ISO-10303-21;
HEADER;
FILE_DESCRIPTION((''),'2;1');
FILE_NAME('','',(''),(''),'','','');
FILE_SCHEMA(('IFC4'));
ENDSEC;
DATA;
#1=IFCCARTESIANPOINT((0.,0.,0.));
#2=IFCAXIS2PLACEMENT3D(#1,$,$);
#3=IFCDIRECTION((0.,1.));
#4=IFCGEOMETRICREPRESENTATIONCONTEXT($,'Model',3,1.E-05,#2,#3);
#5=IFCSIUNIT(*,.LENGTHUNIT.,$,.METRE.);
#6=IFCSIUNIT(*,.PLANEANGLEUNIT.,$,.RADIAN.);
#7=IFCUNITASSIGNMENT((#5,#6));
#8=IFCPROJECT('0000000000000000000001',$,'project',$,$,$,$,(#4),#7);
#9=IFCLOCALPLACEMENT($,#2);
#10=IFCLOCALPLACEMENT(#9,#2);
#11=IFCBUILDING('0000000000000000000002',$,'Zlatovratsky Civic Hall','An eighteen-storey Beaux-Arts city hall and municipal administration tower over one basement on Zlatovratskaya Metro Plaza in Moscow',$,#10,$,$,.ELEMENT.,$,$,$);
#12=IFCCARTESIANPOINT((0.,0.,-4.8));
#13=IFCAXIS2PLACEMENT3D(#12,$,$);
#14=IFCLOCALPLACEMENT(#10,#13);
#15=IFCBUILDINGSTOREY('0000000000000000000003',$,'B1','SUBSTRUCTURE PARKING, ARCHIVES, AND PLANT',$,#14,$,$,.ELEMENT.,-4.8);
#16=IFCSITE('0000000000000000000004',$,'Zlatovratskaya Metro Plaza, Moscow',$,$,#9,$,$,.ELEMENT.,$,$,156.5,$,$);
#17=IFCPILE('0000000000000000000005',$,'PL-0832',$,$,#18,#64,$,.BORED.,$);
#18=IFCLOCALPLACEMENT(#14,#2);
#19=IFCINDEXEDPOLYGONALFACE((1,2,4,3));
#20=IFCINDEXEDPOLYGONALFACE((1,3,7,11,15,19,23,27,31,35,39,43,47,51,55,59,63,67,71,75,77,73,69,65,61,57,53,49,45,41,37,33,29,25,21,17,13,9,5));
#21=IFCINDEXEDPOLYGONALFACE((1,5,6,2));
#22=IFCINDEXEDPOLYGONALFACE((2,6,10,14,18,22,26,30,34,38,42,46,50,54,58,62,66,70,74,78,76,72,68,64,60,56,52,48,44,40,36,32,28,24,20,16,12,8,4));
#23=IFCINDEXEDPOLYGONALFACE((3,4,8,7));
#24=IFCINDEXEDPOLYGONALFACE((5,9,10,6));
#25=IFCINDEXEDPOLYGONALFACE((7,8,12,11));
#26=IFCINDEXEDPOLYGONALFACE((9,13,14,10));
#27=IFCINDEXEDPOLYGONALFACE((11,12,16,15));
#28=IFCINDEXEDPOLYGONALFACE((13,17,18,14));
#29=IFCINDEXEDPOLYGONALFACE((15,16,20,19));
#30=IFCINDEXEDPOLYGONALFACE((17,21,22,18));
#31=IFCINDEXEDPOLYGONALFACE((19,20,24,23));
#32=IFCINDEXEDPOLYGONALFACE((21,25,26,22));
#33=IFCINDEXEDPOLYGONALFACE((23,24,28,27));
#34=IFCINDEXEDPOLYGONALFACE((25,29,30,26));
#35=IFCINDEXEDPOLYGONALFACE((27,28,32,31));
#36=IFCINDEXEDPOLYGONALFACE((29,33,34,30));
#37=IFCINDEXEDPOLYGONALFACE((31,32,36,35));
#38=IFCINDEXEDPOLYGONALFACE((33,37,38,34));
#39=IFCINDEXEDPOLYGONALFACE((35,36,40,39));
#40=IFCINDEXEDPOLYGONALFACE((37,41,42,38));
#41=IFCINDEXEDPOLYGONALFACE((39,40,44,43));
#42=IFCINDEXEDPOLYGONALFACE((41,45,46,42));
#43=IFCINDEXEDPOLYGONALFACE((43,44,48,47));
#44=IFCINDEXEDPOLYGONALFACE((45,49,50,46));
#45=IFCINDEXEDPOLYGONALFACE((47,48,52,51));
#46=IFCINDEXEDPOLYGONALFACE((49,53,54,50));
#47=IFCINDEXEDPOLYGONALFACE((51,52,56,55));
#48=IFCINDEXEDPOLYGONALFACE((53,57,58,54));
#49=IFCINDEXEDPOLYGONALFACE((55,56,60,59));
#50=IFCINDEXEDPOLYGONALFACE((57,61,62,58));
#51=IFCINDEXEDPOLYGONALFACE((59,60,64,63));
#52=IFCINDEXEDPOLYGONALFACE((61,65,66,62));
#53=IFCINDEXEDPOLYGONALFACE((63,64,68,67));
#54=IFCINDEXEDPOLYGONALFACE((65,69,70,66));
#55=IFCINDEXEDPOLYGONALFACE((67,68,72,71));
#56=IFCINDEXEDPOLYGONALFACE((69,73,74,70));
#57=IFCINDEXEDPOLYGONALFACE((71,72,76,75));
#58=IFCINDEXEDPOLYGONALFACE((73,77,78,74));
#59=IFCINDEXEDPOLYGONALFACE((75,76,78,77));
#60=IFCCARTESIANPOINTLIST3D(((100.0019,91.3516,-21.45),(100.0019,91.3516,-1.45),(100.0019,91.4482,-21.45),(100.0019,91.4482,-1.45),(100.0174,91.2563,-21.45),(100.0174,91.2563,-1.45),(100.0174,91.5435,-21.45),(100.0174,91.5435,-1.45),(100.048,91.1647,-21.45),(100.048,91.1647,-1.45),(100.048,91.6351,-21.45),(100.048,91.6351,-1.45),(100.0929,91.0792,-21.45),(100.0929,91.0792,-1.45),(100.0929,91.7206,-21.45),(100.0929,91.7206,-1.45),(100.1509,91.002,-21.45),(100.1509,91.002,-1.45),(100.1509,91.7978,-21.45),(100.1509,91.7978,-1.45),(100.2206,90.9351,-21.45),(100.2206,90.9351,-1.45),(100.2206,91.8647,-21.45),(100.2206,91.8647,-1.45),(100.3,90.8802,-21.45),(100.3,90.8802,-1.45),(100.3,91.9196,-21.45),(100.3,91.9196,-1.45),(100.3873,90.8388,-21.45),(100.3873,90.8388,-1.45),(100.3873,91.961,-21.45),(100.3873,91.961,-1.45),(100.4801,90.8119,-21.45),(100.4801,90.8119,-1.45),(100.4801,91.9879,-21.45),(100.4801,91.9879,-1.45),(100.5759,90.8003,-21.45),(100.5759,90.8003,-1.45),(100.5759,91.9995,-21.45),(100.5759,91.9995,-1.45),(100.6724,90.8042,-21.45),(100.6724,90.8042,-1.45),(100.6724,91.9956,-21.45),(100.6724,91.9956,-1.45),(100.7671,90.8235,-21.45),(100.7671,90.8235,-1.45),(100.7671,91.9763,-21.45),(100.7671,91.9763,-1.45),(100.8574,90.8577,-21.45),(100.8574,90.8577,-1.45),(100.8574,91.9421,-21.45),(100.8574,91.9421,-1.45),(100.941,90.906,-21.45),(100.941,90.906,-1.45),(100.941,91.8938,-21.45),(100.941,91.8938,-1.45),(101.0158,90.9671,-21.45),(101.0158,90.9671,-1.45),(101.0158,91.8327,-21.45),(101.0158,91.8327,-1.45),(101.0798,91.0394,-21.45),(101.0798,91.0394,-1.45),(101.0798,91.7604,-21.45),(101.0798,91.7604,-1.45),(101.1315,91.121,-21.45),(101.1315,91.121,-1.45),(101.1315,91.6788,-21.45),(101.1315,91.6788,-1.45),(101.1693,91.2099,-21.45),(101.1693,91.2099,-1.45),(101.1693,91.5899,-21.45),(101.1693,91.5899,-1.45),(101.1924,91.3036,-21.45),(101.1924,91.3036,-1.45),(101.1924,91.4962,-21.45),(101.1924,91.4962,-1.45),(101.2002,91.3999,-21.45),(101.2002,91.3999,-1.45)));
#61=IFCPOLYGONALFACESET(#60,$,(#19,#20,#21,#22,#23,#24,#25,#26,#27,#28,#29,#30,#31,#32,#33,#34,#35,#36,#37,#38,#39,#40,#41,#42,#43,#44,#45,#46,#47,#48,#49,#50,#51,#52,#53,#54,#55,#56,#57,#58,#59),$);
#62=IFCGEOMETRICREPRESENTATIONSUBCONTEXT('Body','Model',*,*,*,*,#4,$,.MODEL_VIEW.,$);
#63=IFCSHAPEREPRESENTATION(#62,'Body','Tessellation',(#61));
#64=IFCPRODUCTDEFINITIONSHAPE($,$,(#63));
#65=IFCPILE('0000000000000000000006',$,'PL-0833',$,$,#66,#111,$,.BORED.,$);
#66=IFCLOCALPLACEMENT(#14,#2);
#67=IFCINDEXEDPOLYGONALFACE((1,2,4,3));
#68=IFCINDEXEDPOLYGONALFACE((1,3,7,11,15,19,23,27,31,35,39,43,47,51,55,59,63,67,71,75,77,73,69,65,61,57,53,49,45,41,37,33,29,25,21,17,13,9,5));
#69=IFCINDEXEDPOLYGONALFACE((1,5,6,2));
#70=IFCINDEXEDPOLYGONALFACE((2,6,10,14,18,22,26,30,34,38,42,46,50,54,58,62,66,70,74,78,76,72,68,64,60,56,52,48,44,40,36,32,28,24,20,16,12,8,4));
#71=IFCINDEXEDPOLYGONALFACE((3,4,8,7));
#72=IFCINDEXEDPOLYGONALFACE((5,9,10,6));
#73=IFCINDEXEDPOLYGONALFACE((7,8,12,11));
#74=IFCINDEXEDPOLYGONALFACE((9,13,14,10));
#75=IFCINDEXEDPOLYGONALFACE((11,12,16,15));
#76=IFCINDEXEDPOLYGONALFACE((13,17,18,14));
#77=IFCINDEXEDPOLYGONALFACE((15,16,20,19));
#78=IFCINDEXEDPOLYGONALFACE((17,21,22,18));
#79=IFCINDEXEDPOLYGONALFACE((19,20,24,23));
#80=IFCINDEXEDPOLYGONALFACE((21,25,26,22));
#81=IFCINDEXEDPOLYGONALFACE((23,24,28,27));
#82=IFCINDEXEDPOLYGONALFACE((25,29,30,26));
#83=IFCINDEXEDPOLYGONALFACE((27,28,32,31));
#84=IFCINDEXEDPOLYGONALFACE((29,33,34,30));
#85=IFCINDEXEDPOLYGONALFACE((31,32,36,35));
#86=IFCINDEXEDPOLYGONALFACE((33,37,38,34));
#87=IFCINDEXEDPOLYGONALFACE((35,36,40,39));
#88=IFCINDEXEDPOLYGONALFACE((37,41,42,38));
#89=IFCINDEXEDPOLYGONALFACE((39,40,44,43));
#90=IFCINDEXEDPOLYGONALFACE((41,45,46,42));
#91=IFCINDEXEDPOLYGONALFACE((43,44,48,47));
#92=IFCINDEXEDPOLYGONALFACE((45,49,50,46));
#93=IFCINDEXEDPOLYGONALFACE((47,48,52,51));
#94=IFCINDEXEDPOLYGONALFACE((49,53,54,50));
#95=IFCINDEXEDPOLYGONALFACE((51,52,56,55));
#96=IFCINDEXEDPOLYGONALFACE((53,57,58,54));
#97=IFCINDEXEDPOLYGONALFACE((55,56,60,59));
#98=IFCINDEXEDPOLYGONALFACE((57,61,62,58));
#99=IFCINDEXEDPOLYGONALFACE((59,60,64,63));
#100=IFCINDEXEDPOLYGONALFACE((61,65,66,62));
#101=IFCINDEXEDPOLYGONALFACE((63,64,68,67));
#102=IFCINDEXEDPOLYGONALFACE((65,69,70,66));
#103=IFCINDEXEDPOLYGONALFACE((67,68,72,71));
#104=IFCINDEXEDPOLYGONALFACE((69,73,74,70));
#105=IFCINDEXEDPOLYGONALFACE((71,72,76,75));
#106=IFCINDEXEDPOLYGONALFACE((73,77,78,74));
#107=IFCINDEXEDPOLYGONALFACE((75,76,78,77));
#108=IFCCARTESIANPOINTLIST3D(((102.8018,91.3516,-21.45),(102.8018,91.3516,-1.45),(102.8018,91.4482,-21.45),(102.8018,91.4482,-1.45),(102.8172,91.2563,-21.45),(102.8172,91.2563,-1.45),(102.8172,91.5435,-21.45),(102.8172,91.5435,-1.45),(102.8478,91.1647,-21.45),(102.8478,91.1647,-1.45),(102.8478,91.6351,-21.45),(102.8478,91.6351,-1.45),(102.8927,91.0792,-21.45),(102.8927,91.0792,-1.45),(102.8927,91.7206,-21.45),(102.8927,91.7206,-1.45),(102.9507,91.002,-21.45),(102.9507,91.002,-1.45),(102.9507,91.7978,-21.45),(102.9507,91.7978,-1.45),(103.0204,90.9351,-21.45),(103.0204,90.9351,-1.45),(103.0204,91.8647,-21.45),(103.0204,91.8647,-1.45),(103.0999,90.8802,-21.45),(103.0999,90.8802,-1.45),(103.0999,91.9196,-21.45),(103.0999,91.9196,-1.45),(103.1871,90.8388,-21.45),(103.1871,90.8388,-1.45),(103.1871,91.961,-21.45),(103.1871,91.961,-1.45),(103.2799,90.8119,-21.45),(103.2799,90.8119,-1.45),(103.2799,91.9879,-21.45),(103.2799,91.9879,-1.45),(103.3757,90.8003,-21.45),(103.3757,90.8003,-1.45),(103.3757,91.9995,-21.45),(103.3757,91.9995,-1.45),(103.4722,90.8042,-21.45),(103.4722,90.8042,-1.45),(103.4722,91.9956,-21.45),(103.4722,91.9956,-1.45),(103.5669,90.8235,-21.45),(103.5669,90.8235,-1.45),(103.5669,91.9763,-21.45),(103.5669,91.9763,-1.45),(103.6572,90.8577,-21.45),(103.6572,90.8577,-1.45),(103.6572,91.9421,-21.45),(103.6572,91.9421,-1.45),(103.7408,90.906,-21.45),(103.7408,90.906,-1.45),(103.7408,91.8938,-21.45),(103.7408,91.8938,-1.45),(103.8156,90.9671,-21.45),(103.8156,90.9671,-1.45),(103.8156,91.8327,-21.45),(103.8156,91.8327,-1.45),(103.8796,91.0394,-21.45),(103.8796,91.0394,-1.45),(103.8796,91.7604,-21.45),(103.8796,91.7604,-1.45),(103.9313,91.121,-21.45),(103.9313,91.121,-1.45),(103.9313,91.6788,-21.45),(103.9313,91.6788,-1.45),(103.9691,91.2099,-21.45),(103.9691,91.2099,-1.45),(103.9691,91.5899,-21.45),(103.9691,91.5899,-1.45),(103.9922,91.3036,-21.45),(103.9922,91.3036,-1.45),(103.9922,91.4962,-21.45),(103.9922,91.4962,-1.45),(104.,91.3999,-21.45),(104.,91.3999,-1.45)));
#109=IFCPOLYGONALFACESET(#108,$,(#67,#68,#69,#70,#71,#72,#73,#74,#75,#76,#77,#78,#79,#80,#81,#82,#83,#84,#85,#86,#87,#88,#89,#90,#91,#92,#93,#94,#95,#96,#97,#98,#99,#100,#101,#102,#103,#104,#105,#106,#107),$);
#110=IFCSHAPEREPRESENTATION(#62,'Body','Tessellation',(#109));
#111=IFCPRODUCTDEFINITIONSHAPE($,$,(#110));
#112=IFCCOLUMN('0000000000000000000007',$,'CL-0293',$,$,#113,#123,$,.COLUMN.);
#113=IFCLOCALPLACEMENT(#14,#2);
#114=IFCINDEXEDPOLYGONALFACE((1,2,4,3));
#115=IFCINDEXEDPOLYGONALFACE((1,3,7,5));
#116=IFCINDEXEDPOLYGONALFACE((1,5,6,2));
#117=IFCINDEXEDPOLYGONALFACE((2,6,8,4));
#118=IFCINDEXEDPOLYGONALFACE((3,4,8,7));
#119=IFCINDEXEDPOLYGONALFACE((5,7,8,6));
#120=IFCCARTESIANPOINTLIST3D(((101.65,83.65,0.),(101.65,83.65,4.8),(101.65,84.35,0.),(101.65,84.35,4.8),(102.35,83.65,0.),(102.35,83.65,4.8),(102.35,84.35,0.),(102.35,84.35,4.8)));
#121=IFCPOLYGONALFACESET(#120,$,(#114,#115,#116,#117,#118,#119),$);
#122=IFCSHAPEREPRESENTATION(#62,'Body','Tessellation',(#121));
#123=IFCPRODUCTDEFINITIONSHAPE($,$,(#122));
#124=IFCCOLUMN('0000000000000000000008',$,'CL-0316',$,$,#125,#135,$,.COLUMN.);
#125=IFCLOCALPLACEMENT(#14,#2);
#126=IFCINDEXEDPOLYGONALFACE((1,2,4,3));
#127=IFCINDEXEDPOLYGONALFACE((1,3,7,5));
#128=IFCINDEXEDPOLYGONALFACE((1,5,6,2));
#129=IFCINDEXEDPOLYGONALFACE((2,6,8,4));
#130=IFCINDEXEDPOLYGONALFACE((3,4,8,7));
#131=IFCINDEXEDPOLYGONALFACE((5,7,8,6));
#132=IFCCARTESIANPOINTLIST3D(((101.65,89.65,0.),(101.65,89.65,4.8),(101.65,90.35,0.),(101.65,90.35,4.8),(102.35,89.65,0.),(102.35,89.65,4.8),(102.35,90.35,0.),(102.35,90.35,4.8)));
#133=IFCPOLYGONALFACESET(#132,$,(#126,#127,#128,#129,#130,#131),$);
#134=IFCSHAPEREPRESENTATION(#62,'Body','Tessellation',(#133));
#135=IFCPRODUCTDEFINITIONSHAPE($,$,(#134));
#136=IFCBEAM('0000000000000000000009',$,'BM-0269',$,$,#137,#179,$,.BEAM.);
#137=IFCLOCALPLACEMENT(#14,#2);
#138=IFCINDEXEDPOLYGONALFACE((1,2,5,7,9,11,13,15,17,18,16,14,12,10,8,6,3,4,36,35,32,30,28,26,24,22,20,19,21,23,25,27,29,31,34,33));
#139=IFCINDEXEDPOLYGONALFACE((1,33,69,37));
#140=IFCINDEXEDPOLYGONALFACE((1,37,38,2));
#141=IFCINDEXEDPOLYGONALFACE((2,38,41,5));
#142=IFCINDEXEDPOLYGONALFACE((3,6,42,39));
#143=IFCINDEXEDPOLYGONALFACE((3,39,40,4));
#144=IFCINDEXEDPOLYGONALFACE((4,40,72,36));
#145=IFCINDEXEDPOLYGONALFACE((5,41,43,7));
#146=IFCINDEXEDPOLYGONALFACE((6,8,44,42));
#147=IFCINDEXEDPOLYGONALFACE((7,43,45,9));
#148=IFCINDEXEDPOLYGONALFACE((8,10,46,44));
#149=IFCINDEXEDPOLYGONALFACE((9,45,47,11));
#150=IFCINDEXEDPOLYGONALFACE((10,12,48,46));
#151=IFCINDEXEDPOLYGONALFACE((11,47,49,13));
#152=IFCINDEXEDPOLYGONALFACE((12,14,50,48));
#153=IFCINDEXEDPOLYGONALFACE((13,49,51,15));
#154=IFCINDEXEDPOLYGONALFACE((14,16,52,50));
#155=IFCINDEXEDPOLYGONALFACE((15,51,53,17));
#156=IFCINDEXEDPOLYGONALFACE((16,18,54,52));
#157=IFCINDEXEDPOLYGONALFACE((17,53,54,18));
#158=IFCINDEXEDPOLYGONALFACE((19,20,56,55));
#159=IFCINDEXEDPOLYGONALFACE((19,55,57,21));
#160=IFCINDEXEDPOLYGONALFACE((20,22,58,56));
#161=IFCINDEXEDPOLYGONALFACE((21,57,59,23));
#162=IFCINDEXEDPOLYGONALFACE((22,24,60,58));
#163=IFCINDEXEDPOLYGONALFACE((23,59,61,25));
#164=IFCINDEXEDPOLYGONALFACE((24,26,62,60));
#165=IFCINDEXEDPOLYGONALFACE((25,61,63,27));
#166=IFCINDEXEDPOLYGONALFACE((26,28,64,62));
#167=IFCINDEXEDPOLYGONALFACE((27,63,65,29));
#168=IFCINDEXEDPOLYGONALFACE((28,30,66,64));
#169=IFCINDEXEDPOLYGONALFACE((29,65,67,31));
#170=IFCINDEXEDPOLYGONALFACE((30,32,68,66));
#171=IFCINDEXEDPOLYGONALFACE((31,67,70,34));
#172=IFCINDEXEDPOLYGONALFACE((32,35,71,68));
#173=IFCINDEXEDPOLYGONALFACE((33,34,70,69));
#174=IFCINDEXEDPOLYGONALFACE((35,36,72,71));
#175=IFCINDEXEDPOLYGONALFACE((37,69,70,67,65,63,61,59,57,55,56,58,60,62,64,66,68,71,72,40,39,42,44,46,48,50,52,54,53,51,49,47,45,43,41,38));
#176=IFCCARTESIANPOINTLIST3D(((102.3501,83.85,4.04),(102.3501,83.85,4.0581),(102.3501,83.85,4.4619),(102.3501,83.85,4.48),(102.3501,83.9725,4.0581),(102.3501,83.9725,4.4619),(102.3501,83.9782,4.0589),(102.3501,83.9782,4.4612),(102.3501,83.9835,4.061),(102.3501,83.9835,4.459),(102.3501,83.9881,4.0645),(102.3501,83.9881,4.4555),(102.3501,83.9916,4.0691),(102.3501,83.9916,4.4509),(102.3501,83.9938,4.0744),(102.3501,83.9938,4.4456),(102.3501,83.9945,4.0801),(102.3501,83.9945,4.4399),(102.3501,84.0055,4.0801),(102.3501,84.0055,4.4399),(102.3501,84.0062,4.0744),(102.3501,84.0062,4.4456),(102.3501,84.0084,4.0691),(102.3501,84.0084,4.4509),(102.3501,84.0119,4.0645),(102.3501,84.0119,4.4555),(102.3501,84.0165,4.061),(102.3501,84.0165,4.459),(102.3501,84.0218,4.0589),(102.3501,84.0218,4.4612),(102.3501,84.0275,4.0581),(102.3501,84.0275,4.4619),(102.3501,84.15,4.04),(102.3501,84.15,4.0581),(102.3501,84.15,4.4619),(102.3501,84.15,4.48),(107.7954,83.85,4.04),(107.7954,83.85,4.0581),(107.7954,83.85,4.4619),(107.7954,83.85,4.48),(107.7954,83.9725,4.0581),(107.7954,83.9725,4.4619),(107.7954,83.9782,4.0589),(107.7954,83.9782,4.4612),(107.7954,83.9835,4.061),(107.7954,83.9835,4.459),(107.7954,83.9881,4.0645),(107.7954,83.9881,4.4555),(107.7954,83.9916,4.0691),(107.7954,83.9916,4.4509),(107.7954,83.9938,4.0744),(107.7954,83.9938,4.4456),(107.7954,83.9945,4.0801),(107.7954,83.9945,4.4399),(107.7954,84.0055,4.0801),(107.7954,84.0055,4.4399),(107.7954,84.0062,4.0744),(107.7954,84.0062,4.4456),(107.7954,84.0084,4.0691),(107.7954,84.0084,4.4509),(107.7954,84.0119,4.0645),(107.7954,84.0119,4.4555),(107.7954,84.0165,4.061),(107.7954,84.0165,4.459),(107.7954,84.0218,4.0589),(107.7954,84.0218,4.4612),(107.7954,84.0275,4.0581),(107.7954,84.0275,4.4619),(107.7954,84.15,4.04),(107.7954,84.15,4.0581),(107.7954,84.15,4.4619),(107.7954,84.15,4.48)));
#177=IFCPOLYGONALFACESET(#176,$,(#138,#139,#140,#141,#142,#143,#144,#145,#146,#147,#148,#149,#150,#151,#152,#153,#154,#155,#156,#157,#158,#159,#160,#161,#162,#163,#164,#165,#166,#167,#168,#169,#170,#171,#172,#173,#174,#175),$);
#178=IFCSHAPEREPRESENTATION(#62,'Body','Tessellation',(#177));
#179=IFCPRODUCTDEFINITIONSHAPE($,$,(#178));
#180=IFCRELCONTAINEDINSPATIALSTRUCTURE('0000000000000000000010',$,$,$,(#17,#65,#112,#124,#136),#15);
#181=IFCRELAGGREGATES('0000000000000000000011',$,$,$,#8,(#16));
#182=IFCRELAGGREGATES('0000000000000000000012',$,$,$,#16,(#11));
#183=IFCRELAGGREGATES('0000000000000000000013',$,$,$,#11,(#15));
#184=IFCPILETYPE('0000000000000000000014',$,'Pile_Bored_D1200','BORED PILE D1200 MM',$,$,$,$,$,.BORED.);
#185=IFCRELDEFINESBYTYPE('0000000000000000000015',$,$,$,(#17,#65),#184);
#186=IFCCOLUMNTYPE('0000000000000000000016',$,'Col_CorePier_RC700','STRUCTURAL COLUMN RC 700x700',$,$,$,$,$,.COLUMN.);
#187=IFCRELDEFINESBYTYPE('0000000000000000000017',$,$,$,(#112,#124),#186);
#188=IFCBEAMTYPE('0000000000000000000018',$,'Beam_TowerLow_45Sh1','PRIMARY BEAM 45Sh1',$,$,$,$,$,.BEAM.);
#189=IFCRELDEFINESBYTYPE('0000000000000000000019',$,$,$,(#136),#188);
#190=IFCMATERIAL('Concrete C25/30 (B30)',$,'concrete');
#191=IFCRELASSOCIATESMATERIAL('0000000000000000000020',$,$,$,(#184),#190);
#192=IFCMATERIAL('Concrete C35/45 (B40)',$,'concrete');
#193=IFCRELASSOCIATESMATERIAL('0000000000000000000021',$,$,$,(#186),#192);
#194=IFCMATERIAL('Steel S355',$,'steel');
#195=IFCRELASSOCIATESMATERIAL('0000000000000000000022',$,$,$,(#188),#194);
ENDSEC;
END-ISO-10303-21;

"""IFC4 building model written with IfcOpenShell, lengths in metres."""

from ifc_helpers import new_model, si_unit, direction, frame, origin, origin_2d, place, context, subcontext, project, spatial, rectangle, circle, i_section, extrude, material, material_profile, profile_set, type_object, element, save


model = new_model("IFC4")

# Units and contexts
model_context = context("Model", 3, precision=1e-05, world=origin(), true_north=direction((0.0, 1.0)))
body_context = subcontext(model_context, "Body", "Model", "MODEL_VIEW")
ifc_project = project(units=[si_unit("LENGTHUNIT", "METRE"), si_unit("PLANEANGLEUNIT", "RADIAN")], contexts=[model_context])

# Site, building, storey
site_placement = place(None, origin())
site = spatial("IfcSite", under=ifc_project, at=site_placement, Name="Zlatovratskaya Metro Plaza, Moscow", CompositionType="ELEMENT", RefElevation=156.5)
building_placement = place(site_placement, origin())
building = spatial("IfcBuilding", under=site, at=building_placement, Name="Zlatovratsky Civic Hall", Description="An eighteen-storey Beaux-Arts city hall and municipal administration tower over one basement on Zlatovratskaya Metro Plaza in Moscow", CompositionType="ELEMENT")
storey_placement = place(building_placement, frame((0.0, 0.0, -4.8)))
storey = spatial("IfcBuildingStorey", under=building, at=storey_placement, Name="B1", Description="SUBSTRUCTURE PARKING, ARCHIVES, AND PLANT", CompositionType="ELEMENT", Elevation=-4.8)

# Shared definitions
ifc_material_1 = material(Name="Concrete C25/30 (B30)", Category="concrete")

# Piles
ifc_material_profile_1 = material_profile(ifc_material_1, circle(Radius=0.6001, at=origin_2d()), Name="PILE D1200")
ifc_profile_set_1 = profile_set([ifc_material_profile_1], Name="Concrete C25/30 (B30)")
pile_type_1 = type_object("IfcPileType", Name="Pile_Bored_D1200", Description="BORED PILE D1200 MM", PredefinedType="BORED", material=ifc_profile_set_1)
for number, where, z_axis, x_axis, name in (
    (1, (100.6001, 91.3999, -1.45), (0.0, 0.0, -1.0), (1.0, 0.0, 0.0), "PL-0832"),
    (2, (103.3999, 91.3999, -1.45), (0.0, 0.0, -1.0), (1.0, 0.0, 0.0), "PL-0833"),
):
    element("IfcPile", number, at=place(storey_placement, frame(where, z_axis=z_axis, x_axis=x_axis)), inside=storey, type_object=pile_type_1, Name=name, PredefinedType="BORED", context=body_context, shape_type="SweptSolid", body=[
        extrude(circle(Radius=0.6001, at=origin_2d()), origin(), (0.0, 0.0, 1.0), 20.0),
    ])

# Columns
ifc_material_2 = material(Name="Concrete C35/45 (B40)", Category="concrete")
ifc_material_profile_2 = material_profile(ifc_material_2, rectangle(XDim=0.7, YDim=0.7, at=origin_2d()), Name="RC 700x700")
ifc_profile_set_2 = profile_set([ifc_material_profile_2], Name="Concrete C35/45 (B40)")
column_type = type_object("IfcColumnType", Name="Col_CorePier_RC700", Description="STRUCTURAL COLUMN RC 700x700", PredefinedType="COLUMN", material=ifc_profile_set_2)
for number, where, z_axis, x_axis, name in (
    (3, (102.0, 84.0, 0.0), (0.0, 0.0, 1.0), (1.0, 0.0, 0.0), "CL-0293"),
    (4, (102.0, 90.0, 0.0), (0.0, 0.0, 1.0), (1.0, 0.0, 0.0), "CL-0316"),
):
    element("IfcColumn", number, at=place(storey_placement, frame(where, z_axis=z_axis, x_axis=x_axis)), inside=storey, type_object=column_type, Name=name, PredefinedType="COLUMN", context=body_context, shape_type="SweptSolid", body=[
        extrude(rectangle(XDim=0.7, YDim=0.7, at=origin_2d()), origin(), (0.0, 0.0, 1.0), 4.8),
    ])

# Beam
ifc_material_3 = material(Name="Steel S355", Category="steel")
ifc_material_profile_3 = material_profile(ifc_material_3, i_section(OverallWidth=0.3, OverallDepth=0.4399, WebThickness=0.011, FlangeThickness=0.0181, FilletRadius=0.022, at=origin_2d()), Name="45Sh1")
ifc_profile_set_3 = profile_set([ifc_material_profile_3], Name="Steel S355")
beam_type = type_object("IfcBeamType", Name="Beam_TowerLow_45Sh1", Description="PRIMARY BEAM 45Sh1", PredefinedType="BEAM", material=ifc_profile_set_3)
for number, where, z_axis, x_axis, name in (
    (5, (102.3501, 84.0, 4.26), (1.0, 0.0, 0.0), (0.0, 1.0, 0.0), "BM-0269"),
):
    element("IfcBeam", number, at=place(storey_placement, frame(where, z_axis=z_axis, x_axis=x_axis)), inside=storey, type_object=beam_type, Name=name, PredefinedType="BEAM", context=body_context, shape_type="SweptSolid", body=[
        extrude(i_section(OverallWidth=0.3, OverallDepth=0.4399, WebThickness=0.011, FlangeThickness=0.0181, FilletRadius=0.022, at=origin_2d()), origin(), (0.0, 0.0, 1.0), 5.4453),
    ])

save(model, "model.ifc")
